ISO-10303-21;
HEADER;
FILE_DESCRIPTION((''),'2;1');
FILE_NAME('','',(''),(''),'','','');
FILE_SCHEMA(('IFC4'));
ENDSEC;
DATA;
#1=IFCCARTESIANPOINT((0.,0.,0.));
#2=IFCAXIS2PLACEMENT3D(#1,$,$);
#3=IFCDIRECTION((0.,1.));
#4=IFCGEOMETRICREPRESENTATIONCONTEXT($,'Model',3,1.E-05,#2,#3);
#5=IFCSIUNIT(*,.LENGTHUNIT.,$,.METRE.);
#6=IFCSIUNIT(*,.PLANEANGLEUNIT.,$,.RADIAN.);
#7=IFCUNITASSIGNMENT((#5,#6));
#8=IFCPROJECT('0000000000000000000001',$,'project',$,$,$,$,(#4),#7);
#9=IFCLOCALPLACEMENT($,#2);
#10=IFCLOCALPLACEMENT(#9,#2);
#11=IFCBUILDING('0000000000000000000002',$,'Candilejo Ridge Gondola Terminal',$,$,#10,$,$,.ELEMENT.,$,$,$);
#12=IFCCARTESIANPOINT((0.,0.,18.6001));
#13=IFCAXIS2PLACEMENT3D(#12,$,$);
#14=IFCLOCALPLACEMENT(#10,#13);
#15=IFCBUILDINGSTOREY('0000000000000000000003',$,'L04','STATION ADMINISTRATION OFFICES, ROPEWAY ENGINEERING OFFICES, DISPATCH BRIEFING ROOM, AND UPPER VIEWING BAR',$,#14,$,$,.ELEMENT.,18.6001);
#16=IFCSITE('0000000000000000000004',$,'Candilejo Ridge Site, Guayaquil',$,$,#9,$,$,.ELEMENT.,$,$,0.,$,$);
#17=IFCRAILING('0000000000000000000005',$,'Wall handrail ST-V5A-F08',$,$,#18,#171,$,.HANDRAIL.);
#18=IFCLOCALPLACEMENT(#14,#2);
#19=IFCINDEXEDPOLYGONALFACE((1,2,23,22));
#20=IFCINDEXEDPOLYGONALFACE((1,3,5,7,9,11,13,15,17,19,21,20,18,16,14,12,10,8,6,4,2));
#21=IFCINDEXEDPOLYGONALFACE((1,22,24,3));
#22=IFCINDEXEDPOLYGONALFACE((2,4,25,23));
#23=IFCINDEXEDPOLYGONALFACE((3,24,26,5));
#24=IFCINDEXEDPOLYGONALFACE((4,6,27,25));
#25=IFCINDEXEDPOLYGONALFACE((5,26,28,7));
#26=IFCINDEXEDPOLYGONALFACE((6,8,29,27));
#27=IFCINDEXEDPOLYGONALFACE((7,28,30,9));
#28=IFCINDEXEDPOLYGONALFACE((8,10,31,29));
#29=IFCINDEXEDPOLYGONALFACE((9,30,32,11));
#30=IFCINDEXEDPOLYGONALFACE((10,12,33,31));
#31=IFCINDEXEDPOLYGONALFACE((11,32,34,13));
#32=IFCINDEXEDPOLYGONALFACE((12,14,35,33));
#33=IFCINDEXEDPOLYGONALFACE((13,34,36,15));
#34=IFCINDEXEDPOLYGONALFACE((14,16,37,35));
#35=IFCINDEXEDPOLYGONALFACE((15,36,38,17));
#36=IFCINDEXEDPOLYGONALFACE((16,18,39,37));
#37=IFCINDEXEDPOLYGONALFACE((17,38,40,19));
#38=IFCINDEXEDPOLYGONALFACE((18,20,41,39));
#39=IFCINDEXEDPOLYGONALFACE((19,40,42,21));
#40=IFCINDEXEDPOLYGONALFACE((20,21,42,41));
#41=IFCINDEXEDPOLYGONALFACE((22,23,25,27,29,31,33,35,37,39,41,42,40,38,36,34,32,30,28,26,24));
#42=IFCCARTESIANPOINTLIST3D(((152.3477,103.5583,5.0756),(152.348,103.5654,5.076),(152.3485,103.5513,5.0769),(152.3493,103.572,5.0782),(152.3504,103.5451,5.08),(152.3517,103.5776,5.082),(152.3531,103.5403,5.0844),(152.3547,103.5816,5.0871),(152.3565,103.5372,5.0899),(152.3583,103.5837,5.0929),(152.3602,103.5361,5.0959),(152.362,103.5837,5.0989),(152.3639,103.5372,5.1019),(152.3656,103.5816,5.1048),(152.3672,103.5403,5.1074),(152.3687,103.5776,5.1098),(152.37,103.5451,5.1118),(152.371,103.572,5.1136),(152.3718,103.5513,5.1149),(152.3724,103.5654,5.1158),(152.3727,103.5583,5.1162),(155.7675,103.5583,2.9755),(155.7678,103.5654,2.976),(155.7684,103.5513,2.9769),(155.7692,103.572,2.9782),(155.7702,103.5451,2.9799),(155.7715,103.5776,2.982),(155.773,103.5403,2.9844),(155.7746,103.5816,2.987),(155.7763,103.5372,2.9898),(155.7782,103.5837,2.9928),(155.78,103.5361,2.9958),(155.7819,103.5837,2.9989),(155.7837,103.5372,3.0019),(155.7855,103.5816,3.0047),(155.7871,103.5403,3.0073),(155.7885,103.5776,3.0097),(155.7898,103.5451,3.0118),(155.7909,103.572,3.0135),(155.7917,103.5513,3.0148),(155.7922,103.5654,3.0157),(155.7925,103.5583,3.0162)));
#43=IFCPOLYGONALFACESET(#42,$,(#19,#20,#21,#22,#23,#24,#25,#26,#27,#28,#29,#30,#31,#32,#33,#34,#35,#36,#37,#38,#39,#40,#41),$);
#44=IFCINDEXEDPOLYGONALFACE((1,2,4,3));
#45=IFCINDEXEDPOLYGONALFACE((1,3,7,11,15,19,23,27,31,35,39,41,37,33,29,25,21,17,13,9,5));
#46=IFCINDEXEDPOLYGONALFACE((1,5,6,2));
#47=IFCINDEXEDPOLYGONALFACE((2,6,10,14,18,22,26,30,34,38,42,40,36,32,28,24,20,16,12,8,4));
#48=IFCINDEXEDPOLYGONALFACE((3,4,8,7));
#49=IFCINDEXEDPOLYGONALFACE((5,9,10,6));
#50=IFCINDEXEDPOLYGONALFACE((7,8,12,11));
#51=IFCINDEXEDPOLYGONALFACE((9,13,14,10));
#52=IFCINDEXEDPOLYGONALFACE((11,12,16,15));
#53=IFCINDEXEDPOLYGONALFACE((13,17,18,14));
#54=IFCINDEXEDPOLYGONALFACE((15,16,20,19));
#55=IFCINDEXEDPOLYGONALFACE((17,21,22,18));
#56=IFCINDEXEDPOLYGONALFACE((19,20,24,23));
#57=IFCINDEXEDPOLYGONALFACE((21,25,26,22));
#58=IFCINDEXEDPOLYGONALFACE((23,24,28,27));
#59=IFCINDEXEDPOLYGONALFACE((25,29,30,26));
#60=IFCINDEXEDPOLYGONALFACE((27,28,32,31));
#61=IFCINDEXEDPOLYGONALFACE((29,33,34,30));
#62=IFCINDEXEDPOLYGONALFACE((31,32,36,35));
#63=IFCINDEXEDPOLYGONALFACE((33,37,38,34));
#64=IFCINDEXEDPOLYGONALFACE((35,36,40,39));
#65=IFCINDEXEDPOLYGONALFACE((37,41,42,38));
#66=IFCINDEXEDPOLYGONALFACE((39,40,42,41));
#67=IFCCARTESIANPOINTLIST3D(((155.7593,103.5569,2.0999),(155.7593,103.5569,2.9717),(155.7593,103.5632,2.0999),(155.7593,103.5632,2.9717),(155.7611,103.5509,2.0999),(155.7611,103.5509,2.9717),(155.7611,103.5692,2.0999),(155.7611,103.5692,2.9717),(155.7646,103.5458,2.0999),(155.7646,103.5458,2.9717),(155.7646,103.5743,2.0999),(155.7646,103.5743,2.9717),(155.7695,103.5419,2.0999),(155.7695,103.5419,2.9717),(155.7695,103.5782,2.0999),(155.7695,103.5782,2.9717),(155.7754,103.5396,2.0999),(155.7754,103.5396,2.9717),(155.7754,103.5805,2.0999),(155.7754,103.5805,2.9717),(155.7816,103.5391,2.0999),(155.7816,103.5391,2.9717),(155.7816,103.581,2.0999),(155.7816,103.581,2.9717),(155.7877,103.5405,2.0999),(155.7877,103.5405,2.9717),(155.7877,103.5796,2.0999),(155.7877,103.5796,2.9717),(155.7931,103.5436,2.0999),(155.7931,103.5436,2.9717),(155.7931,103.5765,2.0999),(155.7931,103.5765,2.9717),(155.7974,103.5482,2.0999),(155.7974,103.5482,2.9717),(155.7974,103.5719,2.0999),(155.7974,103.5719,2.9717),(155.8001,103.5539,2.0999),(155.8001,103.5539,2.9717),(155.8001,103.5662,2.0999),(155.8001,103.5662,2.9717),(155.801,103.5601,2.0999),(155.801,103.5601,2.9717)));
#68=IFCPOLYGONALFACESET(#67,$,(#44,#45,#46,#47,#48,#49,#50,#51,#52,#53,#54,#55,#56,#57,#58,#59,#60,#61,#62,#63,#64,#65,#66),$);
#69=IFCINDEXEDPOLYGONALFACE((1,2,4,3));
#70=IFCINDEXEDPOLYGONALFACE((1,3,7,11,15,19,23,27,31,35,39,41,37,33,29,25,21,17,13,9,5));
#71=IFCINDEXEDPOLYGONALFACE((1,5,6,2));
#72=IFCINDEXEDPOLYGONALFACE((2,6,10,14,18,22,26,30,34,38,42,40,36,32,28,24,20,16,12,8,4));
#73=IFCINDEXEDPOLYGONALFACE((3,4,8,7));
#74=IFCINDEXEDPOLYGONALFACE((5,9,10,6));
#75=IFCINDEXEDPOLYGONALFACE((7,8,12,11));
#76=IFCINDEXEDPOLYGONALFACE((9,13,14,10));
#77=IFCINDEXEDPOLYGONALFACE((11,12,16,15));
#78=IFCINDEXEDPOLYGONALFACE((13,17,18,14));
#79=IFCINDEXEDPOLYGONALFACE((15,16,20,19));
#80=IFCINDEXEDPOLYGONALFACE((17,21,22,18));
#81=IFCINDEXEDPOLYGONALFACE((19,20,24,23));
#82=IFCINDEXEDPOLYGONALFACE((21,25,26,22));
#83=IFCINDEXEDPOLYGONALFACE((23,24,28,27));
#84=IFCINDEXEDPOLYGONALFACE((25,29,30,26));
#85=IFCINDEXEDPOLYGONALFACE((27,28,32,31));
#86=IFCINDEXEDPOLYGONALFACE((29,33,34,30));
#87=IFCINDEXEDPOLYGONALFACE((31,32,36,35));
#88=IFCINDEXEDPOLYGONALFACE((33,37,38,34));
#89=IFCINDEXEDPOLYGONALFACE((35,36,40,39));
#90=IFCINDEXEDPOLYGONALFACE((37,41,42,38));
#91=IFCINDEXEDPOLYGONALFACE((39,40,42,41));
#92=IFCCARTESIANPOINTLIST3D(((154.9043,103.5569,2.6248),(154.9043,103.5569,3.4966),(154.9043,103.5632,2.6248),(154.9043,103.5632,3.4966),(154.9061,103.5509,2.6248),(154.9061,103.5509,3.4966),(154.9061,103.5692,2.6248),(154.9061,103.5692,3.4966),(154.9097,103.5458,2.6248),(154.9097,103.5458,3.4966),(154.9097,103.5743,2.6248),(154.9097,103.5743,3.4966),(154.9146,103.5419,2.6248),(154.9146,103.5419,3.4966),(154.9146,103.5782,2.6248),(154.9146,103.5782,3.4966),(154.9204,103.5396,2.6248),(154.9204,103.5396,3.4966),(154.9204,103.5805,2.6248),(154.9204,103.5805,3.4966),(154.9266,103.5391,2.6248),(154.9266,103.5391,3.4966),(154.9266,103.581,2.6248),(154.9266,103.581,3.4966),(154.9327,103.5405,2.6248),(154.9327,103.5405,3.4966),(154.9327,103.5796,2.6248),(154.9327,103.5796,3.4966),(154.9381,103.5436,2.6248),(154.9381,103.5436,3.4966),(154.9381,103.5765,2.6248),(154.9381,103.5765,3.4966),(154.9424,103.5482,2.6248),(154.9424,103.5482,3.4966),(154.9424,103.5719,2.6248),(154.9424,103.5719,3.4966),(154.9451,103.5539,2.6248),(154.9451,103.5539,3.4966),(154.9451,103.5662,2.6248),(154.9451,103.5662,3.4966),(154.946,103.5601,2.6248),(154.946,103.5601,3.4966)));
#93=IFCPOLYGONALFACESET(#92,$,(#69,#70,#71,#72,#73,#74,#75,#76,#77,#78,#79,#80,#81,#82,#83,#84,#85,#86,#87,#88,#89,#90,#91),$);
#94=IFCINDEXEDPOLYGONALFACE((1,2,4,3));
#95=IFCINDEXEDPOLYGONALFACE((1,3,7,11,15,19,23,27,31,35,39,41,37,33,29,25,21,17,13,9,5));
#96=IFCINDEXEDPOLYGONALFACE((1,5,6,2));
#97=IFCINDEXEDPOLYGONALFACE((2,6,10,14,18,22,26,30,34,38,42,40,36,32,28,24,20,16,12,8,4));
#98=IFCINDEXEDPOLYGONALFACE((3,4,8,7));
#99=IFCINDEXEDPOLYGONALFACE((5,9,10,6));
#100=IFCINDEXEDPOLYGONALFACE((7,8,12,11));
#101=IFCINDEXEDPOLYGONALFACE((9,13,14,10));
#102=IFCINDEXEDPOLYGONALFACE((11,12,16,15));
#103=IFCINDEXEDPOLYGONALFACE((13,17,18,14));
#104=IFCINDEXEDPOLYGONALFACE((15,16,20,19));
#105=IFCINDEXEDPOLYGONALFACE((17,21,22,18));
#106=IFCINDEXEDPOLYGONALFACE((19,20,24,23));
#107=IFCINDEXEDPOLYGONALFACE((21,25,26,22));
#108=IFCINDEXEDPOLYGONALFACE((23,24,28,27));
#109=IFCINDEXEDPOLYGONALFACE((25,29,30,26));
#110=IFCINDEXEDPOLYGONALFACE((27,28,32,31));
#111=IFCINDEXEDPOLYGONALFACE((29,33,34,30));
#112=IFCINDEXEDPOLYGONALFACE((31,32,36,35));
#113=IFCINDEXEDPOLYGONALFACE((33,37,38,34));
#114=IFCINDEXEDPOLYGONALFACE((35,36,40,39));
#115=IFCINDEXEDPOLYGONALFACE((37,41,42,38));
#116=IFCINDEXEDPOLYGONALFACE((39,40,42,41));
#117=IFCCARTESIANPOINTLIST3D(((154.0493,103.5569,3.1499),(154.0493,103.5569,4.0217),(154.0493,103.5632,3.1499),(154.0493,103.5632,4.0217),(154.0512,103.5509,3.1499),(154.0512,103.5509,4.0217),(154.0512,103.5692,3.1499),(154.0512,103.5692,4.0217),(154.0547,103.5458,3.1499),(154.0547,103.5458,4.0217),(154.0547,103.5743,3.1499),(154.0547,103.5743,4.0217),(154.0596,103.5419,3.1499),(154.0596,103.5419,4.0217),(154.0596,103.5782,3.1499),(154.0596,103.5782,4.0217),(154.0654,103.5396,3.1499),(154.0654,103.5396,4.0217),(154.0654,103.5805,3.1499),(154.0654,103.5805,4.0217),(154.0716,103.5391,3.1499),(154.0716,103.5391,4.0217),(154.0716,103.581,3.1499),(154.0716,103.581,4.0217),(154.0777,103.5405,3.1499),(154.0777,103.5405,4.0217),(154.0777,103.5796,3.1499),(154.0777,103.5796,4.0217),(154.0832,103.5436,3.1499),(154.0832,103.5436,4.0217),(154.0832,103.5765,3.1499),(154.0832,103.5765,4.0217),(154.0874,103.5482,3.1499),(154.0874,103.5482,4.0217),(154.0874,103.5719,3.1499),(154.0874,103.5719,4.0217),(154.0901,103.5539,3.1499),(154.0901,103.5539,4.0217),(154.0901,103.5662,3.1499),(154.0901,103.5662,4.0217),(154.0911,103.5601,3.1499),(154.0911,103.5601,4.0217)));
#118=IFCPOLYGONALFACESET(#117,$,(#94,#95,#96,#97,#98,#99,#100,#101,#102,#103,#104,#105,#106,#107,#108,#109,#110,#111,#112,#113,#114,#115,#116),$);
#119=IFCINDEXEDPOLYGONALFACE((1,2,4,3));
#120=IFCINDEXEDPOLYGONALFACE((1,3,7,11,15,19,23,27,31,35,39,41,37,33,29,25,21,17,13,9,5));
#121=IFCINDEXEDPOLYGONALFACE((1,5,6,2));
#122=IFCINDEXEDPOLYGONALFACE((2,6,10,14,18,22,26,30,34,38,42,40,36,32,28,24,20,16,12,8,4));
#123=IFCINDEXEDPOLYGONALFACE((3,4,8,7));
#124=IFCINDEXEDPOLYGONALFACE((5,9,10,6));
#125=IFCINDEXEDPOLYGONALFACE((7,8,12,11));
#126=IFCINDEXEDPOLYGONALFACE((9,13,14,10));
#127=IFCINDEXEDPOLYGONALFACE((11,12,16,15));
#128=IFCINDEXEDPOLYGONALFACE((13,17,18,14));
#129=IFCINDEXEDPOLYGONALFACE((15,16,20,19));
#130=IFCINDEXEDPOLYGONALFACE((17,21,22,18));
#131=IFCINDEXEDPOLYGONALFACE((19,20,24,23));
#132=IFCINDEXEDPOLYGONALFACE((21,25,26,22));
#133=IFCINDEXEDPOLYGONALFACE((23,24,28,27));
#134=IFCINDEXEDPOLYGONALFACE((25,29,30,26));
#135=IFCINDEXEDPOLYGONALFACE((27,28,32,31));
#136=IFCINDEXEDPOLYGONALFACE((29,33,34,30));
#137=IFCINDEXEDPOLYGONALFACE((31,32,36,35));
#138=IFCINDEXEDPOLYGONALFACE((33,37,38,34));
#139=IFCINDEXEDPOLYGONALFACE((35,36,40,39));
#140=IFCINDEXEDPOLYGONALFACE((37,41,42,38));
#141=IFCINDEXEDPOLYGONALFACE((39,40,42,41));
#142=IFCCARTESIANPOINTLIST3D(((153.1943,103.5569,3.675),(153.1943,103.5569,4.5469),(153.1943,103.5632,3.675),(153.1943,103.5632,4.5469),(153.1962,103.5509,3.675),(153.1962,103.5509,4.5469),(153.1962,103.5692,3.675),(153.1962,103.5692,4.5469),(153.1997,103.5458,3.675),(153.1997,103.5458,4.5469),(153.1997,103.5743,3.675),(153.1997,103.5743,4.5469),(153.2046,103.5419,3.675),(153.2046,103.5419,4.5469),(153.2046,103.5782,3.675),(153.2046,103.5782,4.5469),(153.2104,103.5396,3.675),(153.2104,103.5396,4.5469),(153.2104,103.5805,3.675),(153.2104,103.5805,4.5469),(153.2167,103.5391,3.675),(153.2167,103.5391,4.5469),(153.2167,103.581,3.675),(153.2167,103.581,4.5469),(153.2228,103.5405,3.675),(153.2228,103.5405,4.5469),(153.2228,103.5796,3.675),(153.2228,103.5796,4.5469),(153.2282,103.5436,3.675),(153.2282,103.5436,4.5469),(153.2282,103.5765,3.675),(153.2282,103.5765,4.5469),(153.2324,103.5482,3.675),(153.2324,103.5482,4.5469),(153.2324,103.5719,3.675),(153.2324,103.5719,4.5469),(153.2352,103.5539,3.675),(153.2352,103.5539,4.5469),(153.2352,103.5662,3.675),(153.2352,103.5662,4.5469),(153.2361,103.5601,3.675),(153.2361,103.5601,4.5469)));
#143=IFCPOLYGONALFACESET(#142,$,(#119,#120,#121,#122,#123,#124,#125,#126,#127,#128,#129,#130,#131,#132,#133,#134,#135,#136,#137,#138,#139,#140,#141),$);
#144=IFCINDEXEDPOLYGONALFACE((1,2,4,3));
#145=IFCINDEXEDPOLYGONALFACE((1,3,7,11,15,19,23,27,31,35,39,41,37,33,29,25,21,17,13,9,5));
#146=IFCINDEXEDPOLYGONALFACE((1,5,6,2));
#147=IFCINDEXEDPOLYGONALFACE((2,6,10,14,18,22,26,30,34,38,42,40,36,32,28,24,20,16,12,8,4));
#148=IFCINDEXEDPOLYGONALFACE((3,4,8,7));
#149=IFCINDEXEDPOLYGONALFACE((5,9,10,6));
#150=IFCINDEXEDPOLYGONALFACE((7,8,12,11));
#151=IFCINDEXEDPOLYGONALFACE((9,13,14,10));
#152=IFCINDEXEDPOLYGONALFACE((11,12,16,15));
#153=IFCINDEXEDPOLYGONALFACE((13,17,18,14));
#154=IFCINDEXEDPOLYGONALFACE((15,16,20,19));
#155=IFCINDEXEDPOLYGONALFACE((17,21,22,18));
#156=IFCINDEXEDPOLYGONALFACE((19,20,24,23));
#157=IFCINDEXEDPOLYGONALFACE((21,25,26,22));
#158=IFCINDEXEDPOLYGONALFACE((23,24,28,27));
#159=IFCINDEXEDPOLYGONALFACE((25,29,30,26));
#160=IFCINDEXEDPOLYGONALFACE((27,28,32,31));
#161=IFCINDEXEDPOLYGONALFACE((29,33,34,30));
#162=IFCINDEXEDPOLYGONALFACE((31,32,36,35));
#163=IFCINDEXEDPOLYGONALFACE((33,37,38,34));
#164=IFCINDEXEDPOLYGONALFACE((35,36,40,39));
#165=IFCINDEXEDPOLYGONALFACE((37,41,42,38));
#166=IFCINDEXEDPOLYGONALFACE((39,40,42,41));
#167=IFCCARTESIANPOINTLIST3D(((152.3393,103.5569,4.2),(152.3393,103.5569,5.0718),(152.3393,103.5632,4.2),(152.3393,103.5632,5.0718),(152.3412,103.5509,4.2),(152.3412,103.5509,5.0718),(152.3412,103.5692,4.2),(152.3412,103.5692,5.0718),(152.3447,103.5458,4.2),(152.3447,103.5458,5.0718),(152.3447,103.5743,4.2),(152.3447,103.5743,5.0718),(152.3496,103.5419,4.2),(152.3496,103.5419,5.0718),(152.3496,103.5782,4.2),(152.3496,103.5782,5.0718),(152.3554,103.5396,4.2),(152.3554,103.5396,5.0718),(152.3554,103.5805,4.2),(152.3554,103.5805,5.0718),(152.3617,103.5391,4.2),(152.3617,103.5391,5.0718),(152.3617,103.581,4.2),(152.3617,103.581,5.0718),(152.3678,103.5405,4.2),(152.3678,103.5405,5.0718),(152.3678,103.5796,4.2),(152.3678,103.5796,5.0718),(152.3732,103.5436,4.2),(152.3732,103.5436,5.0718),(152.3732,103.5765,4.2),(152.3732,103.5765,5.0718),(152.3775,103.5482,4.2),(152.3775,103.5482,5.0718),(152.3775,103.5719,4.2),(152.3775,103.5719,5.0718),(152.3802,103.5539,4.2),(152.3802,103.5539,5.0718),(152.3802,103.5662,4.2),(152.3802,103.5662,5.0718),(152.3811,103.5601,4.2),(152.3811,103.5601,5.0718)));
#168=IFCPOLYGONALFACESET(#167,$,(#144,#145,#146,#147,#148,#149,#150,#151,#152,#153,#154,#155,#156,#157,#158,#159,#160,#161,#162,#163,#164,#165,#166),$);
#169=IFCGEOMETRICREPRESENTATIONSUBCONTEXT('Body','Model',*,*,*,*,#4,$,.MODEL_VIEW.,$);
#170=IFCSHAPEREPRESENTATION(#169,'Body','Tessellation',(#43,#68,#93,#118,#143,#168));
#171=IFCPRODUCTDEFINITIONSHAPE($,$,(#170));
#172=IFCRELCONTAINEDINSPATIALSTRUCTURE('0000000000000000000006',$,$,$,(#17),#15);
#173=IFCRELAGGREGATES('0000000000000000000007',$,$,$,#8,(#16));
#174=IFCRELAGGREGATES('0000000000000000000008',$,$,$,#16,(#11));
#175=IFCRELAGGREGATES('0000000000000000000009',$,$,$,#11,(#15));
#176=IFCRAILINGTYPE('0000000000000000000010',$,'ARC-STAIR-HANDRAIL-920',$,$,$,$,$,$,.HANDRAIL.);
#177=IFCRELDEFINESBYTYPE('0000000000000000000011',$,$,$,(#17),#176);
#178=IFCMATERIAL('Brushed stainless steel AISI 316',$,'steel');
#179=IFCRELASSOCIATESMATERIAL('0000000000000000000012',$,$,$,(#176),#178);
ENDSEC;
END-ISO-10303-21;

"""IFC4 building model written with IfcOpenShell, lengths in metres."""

from ifc_helpers import new_model, si_unit, direction, frame, origin, origin_2d, place, context, subcontext, project, spatial, circle, extrude, material, type_object, element, save


model = new_model("IFC4")

# Units and contexts
model_context = context("Model", 3, precision=1e-05, world=origin(), true_north=direction((0.0, 1.0)))
body_context = subcontext(model_context, "Body", "Model", "MODEL_VIEW")
ifc_project = project(units=[si_unit("LENGTHUNIT", "METRE"), si_unit("PLANEANGLEUNIT", "RADIAN")], contexts=[model_context])

# Site, building, storey
site_placement = place(None, origin())
site = spatial("IfcSite", under=ifc_project, at=site_placement, Name="Candilejo Ridge Site, Guayaquil", CompositionType="ELEMENT", RefElevation=0.0)
building_placement = place(site_placement, origin())
building = spatial("IfcBuilding", under=site, at=building_placement, Name="Candilejo Ridge Gondola Terminal", CompositionType="ELEMENT")
storey_placement = place(building_placement, frame((0.0, 0.0, 18.6001)))
storey = spatial("IfcBuildingStorey", under=building, at=storey_placement, Name="L04", Description="STATION ADMINISTRATION OFFICES, ROPEWAY ENGINEERING OFFICES, DISPATCH BRIEFING ROOM, AND UPPER VIEWING BAR", CompositionType="ELEMENT", Elevation=18.6001)

# Railing
ifc_material_1 = material(Name="Brushed stainless steel AISI 316", Category="steel")
railing_type_1 = type_object("IfcRailingType", Name="ARC-STAIR-HANDRAIL-920", PredefinedType="HANDRAIL", material=ifc_material_1)
railing_1_placement = place(storey_placement, frame((155.78, 103.5601, 2.0999)))
element("IfcRailing", 1, at=railing_1_placement, inside=storey, type_object=railing_type_1, Name="Wall handrail ST-V5A-F08", PredefinedType="HANDRAIL", context=body_context, shape_type="SweptSolid", body=[
    extrude(circle(Radius=0.0239, at=origin_2d()), frame((0.0, 0.0, 0.896), z_axis=(-0.852155, 0.0, 0.523289), x_axis=(0.0, -1.0, 0.0)), (0.0, 0.0, 1.0), 4.0132),
    extrude(circle(Radius=0.021, at=origin_2d()), origin(), (0.0, 0.0, 1.0), 0.8718),
    extrude(circle(Radius=0.021, at=origin_2d()), frame((-0.855, 0.0, 0.5249)), (0.0, 0.0, 1.0), 0.8718),
    extrude(circle(Radius=0.021, at=origin_2d()), frame((-1.71, 0.0, 1.05)), (0.0, 0.0, 1.0), 0.8718),
    extrude(circle(Radius=0.021, at=origin_2d()), frame((-2.5649, 0.0, 1.5752)), (0.0, 0.0, 1.0), 0.8718),
    extrude(circle(Radius=0.021, at=origin_2d()), frame((-3.4199, 0.0, 2.1001)), (0.0, 0.0, 1.0), 0.8718),
])

save(model, "model.ifc")
